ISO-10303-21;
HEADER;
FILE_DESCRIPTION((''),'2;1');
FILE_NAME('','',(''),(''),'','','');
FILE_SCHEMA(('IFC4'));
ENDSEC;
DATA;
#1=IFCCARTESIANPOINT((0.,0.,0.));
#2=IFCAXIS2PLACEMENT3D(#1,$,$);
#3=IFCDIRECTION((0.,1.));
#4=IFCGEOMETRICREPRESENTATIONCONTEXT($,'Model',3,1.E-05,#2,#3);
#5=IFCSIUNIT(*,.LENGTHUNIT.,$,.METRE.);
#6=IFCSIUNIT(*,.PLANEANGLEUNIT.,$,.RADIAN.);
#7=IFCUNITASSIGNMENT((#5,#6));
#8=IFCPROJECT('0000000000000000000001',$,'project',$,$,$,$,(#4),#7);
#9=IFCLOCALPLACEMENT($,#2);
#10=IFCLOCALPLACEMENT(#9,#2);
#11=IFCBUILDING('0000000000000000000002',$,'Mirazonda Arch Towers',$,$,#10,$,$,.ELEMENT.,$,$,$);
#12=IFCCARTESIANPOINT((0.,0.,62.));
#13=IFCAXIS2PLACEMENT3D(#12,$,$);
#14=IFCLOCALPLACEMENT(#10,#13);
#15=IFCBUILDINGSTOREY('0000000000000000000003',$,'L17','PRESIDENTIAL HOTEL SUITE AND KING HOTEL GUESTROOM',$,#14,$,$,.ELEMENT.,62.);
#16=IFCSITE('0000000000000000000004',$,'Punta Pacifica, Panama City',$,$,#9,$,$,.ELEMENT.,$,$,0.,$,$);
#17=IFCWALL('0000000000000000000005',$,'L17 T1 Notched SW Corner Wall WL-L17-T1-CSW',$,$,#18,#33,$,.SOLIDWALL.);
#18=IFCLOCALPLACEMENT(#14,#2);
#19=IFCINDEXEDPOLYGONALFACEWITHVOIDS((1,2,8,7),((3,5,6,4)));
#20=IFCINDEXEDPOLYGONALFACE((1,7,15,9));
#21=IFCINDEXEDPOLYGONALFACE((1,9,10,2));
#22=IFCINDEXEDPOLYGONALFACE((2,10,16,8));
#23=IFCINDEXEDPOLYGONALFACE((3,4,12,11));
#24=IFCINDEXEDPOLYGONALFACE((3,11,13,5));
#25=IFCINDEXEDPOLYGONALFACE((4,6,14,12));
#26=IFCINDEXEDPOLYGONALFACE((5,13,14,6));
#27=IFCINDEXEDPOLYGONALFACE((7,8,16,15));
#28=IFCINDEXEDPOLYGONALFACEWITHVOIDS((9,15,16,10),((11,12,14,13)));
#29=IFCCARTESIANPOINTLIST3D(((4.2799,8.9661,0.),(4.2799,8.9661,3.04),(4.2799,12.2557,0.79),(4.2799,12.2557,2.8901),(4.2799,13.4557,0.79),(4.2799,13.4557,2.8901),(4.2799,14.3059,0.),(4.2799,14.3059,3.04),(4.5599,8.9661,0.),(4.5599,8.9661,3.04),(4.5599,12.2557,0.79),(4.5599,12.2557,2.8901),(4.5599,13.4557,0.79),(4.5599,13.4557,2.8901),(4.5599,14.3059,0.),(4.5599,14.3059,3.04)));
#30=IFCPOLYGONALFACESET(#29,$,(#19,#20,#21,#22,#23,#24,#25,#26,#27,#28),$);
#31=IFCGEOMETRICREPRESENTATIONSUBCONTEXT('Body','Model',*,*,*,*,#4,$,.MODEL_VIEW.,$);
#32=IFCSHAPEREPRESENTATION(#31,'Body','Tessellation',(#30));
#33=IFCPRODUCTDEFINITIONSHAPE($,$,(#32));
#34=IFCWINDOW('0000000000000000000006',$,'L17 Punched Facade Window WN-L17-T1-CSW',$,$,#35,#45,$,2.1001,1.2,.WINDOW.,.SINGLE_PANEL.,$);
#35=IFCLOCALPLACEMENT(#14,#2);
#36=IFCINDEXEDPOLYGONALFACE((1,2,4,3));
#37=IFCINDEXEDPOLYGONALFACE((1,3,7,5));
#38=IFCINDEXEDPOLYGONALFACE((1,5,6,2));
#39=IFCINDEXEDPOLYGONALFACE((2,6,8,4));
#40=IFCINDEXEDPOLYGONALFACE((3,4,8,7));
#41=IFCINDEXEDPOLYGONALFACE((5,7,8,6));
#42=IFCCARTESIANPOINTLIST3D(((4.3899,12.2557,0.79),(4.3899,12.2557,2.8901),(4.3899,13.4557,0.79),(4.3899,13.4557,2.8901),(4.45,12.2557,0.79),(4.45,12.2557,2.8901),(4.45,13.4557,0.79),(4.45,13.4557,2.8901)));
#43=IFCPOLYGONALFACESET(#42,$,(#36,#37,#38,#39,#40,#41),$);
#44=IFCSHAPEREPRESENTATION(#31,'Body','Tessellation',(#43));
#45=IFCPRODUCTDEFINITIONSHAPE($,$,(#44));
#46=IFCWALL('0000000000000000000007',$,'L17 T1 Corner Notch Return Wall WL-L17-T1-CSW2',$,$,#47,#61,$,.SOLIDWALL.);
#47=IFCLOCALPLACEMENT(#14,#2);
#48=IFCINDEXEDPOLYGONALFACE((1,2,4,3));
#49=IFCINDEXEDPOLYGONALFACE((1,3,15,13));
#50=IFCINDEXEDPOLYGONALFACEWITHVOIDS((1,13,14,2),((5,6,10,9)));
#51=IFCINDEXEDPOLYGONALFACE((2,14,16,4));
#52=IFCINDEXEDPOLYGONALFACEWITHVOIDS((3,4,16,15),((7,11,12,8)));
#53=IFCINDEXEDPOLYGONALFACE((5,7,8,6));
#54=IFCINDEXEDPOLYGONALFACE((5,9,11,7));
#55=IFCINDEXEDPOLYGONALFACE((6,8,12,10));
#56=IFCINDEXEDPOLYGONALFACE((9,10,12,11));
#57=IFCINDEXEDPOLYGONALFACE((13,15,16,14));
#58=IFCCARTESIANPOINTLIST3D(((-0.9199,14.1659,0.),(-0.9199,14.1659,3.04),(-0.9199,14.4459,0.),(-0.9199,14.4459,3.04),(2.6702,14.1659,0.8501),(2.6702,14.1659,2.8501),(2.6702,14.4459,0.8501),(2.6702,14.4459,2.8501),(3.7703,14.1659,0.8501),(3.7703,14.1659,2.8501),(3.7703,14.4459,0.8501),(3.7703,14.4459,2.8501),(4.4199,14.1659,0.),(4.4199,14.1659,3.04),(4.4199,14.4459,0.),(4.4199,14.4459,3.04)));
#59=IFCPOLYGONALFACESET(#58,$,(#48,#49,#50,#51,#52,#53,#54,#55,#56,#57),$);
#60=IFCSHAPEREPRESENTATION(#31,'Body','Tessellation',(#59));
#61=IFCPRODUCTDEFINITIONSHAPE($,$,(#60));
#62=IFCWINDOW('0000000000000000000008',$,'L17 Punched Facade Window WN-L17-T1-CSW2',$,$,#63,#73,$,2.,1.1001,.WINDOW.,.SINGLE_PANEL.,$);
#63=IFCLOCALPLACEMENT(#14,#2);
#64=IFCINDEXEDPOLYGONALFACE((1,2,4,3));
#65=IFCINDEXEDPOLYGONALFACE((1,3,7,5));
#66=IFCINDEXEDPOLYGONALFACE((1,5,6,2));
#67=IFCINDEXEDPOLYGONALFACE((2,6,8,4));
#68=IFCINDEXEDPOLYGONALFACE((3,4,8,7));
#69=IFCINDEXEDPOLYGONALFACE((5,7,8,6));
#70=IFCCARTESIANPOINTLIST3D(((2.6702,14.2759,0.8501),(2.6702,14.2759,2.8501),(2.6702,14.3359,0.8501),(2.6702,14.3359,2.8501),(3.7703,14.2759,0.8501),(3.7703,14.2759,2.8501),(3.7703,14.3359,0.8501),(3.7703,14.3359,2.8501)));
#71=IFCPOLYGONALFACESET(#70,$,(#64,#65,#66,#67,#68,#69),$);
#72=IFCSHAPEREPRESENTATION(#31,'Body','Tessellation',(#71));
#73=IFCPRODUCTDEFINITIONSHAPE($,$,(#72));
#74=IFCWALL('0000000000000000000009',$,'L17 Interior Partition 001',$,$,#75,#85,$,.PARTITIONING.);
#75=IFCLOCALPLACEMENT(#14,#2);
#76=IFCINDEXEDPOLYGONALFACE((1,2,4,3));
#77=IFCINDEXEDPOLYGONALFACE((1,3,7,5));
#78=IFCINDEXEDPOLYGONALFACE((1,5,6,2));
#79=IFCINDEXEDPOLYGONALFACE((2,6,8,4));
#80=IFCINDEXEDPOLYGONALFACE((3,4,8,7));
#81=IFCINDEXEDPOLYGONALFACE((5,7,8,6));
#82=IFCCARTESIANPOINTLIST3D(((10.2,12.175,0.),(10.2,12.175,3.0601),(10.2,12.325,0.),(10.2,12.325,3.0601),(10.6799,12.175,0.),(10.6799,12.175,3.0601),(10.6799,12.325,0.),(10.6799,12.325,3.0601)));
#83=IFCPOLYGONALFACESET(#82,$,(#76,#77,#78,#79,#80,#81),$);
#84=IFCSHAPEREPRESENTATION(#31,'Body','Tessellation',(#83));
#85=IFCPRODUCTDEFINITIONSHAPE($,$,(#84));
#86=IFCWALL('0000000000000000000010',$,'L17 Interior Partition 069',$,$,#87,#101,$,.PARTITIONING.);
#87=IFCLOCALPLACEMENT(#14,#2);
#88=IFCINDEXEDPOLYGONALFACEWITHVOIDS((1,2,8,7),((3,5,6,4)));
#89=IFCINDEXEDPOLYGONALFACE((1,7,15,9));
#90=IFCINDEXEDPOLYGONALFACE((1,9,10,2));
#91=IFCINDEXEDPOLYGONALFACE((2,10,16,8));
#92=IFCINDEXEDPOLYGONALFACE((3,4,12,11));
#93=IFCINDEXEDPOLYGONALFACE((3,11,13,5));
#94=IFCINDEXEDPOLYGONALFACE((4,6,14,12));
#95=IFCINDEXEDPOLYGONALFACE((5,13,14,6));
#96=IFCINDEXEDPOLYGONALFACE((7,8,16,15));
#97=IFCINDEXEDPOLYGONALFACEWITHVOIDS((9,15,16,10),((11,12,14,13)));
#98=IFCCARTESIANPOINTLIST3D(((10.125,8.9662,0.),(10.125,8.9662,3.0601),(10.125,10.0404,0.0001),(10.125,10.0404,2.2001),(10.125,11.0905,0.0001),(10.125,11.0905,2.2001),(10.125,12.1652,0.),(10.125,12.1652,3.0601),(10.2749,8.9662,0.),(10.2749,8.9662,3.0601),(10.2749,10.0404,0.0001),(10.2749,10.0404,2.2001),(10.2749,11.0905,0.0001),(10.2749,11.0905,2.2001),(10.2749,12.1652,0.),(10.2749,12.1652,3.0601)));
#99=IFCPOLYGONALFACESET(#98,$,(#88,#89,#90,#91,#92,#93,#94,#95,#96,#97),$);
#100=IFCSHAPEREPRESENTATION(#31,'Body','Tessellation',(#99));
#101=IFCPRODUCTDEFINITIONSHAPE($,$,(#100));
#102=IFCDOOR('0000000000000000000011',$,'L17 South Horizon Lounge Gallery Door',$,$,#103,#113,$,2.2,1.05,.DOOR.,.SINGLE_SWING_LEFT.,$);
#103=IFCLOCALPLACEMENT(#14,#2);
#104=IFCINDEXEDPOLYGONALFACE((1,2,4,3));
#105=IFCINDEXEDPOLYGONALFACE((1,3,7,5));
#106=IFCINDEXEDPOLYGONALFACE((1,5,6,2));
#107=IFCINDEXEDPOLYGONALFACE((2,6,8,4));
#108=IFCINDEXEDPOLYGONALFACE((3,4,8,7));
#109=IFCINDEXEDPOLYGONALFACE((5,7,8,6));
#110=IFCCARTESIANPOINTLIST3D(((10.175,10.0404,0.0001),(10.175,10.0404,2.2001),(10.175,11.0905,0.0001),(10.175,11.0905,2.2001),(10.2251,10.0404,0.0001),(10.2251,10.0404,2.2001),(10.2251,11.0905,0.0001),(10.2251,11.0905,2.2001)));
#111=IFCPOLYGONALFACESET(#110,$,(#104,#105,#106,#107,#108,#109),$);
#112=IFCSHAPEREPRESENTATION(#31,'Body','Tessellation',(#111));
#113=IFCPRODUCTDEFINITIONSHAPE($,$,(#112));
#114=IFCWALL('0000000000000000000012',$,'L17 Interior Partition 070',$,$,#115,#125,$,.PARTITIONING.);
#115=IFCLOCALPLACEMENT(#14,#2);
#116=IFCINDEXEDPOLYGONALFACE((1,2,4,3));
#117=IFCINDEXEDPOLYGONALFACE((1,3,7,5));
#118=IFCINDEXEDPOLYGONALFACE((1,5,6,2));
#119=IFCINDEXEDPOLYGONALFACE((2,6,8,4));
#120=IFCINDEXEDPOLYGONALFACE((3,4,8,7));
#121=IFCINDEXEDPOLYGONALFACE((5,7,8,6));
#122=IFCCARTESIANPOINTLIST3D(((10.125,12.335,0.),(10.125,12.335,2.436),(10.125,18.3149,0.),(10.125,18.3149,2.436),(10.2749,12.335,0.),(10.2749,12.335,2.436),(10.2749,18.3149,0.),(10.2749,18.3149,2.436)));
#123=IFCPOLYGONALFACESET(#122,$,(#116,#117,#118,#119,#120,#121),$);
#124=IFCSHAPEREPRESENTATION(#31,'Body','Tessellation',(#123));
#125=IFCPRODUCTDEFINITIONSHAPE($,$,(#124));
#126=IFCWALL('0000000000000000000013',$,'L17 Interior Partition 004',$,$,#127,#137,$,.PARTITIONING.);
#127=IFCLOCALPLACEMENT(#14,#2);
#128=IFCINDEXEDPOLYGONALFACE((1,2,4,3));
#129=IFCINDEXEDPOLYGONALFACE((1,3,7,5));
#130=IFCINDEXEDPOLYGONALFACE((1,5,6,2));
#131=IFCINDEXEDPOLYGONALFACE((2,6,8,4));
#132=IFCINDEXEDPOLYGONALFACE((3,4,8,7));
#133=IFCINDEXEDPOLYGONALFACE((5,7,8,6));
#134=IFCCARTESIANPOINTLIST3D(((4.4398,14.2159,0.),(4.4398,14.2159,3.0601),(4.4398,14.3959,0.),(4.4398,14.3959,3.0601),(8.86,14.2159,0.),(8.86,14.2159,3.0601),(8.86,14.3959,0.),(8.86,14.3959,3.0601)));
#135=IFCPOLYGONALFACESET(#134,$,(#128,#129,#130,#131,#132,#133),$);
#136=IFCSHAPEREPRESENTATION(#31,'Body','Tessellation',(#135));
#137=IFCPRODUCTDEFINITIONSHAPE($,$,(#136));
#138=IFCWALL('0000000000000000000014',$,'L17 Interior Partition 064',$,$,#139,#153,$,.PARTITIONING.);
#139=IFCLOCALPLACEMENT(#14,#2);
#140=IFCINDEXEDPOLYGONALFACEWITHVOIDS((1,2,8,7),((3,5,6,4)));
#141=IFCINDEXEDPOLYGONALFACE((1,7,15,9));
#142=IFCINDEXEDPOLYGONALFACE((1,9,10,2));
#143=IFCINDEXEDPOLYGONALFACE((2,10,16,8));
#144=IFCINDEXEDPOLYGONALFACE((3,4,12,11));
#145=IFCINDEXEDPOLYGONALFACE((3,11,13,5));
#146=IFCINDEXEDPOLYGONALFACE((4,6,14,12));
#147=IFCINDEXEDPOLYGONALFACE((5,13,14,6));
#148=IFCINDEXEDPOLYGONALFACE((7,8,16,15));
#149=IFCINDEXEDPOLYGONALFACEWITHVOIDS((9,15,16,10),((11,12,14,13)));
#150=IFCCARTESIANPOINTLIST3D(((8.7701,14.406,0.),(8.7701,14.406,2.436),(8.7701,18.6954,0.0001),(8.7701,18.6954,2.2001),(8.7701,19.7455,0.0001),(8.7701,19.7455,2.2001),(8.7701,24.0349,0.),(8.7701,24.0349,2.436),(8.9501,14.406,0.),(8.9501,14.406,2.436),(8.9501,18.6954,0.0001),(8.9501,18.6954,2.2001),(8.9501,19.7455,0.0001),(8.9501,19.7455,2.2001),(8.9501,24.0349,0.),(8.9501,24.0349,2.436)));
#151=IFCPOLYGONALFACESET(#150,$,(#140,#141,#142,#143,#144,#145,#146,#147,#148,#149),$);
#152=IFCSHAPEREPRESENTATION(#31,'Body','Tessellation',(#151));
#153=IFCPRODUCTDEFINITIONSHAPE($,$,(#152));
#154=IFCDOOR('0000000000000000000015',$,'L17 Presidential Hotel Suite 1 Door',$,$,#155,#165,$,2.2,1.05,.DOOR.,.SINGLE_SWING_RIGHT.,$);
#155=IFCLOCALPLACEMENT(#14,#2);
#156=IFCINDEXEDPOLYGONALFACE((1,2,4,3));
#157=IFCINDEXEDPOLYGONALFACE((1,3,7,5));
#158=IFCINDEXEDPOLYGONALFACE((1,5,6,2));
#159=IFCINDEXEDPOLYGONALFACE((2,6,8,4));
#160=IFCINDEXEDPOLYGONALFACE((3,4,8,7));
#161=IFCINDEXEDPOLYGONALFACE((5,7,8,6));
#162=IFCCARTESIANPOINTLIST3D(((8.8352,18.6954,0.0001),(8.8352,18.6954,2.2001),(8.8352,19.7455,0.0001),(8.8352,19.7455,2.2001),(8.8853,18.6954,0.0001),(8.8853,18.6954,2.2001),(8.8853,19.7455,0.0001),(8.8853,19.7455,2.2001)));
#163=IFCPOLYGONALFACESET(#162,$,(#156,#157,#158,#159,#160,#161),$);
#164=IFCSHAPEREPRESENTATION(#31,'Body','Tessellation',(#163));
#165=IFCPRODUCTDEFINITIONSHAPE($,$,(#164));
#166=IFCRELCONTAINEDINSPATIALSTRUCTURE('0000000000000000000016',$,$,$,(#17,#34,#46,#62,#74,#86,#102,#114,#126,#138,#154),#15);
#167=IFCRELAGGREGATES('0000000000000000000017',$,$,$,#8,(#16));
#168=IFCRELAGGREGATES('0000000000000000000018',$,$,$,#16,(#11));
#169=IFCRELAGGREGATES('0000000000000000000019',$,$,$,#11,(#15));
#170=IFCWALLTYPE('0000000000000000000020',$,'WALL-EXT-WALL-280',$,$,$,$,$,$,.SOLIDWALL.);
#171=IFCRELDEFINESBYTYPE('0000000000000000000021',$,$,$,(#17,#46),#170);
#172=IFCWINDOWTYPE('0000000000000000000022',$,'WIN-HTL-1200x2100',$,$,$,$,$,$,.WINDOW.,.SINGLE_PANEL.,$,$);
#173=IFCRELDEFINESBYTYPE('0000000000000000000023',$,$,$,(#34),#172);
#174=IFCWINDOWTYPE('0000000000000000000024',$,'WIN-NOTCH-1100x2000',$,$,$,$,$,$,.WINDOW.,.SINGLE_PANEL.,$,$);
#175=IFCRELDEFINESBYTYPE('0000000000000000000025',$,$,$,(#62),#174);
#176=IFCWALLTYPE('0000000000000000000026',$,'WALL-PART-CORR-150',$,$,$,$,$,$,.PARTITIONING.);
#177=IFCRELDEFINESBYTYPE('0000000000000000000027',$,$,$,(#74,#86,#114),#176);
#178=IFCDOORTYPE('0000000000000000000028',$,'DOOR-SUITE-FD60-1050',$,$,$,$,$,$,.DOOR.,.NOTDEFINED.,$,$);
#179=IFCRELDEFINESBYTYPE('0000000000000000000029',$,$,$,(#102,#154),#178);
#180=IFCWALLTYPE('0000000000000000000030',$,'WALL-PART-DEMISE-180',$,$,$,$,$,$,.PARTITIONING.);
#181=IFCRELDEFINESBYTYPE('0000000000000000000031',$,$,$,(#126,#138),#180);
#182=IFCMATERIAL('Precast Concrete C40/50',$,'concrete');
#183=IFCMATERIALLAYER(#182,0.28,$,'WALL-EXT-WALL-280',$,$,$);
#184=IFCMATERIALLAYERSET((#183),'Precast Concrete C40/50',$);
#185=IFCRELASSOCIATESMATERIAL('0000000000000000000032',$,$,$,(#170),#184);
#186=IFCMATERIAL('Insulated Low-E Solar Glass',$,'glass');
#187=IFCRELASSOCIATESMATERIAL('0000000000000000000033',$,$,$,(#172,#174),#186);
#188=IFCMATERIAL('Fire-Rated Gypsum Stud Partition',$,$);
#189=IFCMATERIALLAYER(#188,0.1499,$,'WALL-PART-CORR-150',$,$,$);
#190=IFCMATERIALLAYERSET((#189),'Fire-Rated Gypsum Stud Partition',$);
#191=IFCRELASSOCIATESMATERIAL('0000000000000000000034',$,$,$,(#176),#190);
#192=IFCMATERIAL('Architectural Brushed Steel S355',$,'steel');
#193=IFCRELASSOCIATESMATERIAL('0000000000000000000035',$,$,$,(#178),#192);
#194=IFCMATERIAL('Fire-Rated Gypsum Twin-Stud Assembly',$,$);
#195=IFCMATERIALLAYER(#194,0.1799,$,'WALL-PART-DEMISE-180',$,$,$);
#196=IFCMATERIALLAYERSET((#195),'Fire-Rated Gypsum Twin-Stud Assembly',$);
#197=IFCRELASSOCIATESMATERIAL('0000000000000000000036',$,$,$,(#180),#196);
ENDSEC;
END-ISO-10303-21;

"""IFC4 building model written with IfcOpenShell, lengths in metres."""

from ifc_helpers import new_model, si_unit, direction, frame, frame_2d, origin, place, context, subcontext, project, spatial, rectangle, extrude, material, layer, layer_set, type_object, element, fill, save


model = new_model("IFC4")

# Units and contexts
model_context = context("Model", 3, precision=1e-05, world=origin(), true_north=direction((0.0, 1.0)))
body_context = subcontext(model_context, "Body", "Model", "MODEL_VIEW")
ifc_project = project(units=[si_unit("LENGTHUNIT", "METRE"), si_unit("PLANEANGLEUNIT", "RADIAN")], contexts=[model_context])

# Site, building, storey
site_placement = place(None, origin())
site = spatial("IfcSite", under=ifc_project, at=site_placement, Name="Punta Pacifica, Panama City", CompositionType="ELEMENT", RefElevation=0.0)
building_placement = place(site_placement, origin())
building = spatial("IfcBuilding", under=site, at=building_placement, Name="Mirazonda Arch Towers", CompositionType="ELEMENT")
storey_placement = place(building_placement, frame((0.0, 0.0, 62.0)))
storey = spatial("IfcBuildingStorey", under=building, at=storey_placement, Name="L17", Description="PRESIDENTIAL HOTEL SUITE AND KING HOTEL GUESTROOM", CompositionType="ELEMENT", Elevation=62.0)

# Shared definitions
ifc_material_1 = material(Name="Insulated Low-E Solar Glass", Category="glass")

# Walls, openings, windows
ifc_material_2 = material(Name="Precast Concrete C40/50", Category="concrete")
ifc_layer_1 = layer(ifc_material_2, 0.28, Name="WALL-EXT-WALL-280")
ifc_layer_set_1 = layer_set([ifc_layer_1], Name="Precast Concrete C40/50")
wall_type_1 = type_object("IfcWallType", Name="WALL-EXT-WALL-280", PredefinedType="SOLIDWALL", material=ifc_layer_set_1)
wall_1_placement = place(storey_placement, frame((4.4199, 14.3059, 0.0), z_axis=(0.0, 0.0, 1.0), x_axis=(0.0, -1.0, 0.0)))
wall_1 = element("IfcWall", 1, at=wall_1_placement, inside=storey, type_object=wall_type_1, Name="L17 T1 Notched SW Corner Wall WL-L17-T1-CSW", PredefinedType="SOLIDWALL", context=body_context, shape_type="SweptSolid", body=[
    extrude(rectangle(XDim=5.3398, YDim=0.28, at=frame_2d((2.6699, 0.0))), origin(), (0.0, 0.0, 1.0), 3.04),
])
opening_1_placement = place(wall_1_placement, frame((0.8501, 0.0, 0.79)))
opening_1 = element("IfcOpeningElement", 2, at=opening_1_placement, cuts=wall_1, PredefinedType="OPENING", context=body_context, shape_type="SweptSolid", body=[
    extrude(rectangle(XDim=1.2, YDim=2.1001, at=frame_2d((0.6001, 1.05))), frame((0.0, 0.1499, 0.0), z_axis=(0.0, -1.0, 0.0), x_axis=(1.0, 0.0, 0.0)), (0.0, 0.0, 1.0), 0.3),
])
window_type_1 = type_object("IfcWindowType", Name="WIN-HTL-1200x2100", PartitioningType="SINGLE_PANEL", PredefinedType="WINDOW", material=ifc_material_1)
window_1_placement = place(opening_1_placement, origin())
window_1 = element("IfcWindow", 3, at=window_1_placement, inside=storey, type_object=window_type_1, Name="L17 Punched Facade Window WN-L17-T1-CSW", OverallHeight=2.1001, OverallWidth=1.2, PartitioningType="SINGLE_PANEL", PredefinedType="WINDOW", context=body_context, shape_type="SweptSolid", body=[
    extrude(rectangle(XDim=1.2, YDim=2.1001, at=frame_2d((0.6001, 1.05))), frame((0.0, 0.03, 0.0), z_axis=(0.0, -1.0, 0.0), x_axis=(1.0, 0.0, 0.0)), (0.0, 0.0, 1.0), 0.0601),
])
fill(opening_1, window_1)
wall_2_placement = place(storey_placement, frame((-0.9199, 14.3059, 0.0), z_axis=(0.0, 0.0, 1.0), x_axis=(1.0, 0.0, 0.0)))
wall_2 = element("IfcWall", 4, at=wall_2_placement, inside=storey, type_object=wall_type_1, Name="L17 T1 Corner Notch Return Wall WL-L17-T1-CSW2", PredefinedType="SOLIDWALL", context=body_context, shape_type="SweptSolid", body=[
    extrude(rectangle(XDim=5.3398, YDim=0.28, at=frame_2d((2.6699, 0.0))), origin(), (0.0, 0.0, 1.0), 3.04),
])
opening_2_placement = place(wall_2_placement, frame((3.5901, 0.0, 0.8501)))
opening_2 = element("IfcOpeningElement", 5, at=opening_2_placement, cuts=wall_2, PredefinedType="OPENING", context=body_context, shape_type="SweptSolid", body=[
    extrude(rectangle(XDim=1.1001, YDim=2.0, at=frame_2d((0.55, 1.0))), frame((0.0, 0.1499, 0.0), z_axis=(0.0, -1.0, 0.0), x_axis=(1.0, 0.0, 0.0)), (0.0, 0.0, 1.0), 0.3),
])
window_type_2 = type_object("IfcWindowType", Name="WIN-NOTCH-1100x2000", PartitioningType="SINGLE_PANEL", PredefinedType="WINDOW", material=ifc_material_1)
window_2_placement = place(opening_2_placement, origin())
window_2 = element("IfcWindow", 6, at=window_2_placement, inside=storey, type_object=window_type_2, Name="L17 Punched Facade Window WN-L17-T1-CSW2", OverallHeight=2.0, OverallWidth=1.1001, PartitioningType="SINGLE_PANEL", PredefinedType="WINDOW", context=body_context, shape_type="SweptSolid", body=[
    extrude(rectangle(XDim=1.1001, YDim=2.0, at=frame_2d((0.55, 1.0))), frame((0.0, 0.03, 0.0), z_axis=(0.0, -1.0, 0.0), x_axis=(1.0, 0.0, 0.0)), (0.0, 0.0, 1.0), 0.0601),
])
fill(opening_2, window_2)

# Wall
ifc_material_3 = material(Name="Fire-Rated Gypsum Stud Partition")
ifc_layer_2 = layer(ifc_material_3, 0.1499, Name="WALL-PART-CORR-150")
ifc_layer_set_2 = layer_set([ifc_layer_2], Name="Fire-Rated Gypsum Stud Partition")
wall_type_2 = type_object("IfcWallType", Name="WALL-PART-CORR-150", PredefinedType="PARTITIONING", material=ifc_layer_set_2)
wall_3_placement = place(storey_placement, frame((10.2, 12.25, 0.0), z_axis=(0.0, 0.0, 1.0), x_axis=(1.0, 0.0, 0.0)))
element("IfcWall", 7, at=wall_3_placement, inside=storey, type_object=wall_type_2, Name="L17 Interior Partition 001", PredefinedType="PARTITIONING", context=body_context, shape_type="SweptSolid", body=[
    extrude(rectangle(XDim=0.48, YDim=0.1499, at=frame_2d((0.24, 0.0))), origin(), (0.0, 0.0, 1.0), 3.0601),
])

# Wall, opening, door
wall_4_placement = place(storey_placement, frame((10.2, 8.9661, 0.0), z_axis=(0.0, 0.0, 1.0), x_axis=(0.0, 1.0, 0.0)))
wall_4 = element("IfcWall", 8, at=wall_4_placement, inside=storey, type_object=wall_type_2, Name="L17 Interior Partition 069", PredefinedType="PARTITIONING", context=body_context, shape_type="SweptSolid", body=[
    extrude(rectangle(XDim=3.199, YDim=0.1499, at=frame_2d((1.5996, 0.0))), origin(), (0.0, 0.0, 1.0), 3.0601),
])
opening_3_placement = place(wall_4_placement, frame((1.0745, 0.0, 0.0)))
opening_3 = element("IfcOpeningElement", 9, at=opening_3_placement, cuts=wall_4, PredefinedType="OPENING", context=body_context, shape_type="SweptSolid", body=[
    extrude(rectangle(XDim=1.05, YDim=2.2, at=frame_2d((0.5249, 1.1001))), frame((0.0, 0.085, 0.0), z_axis=(0.0, -1.0, 0.0), x_axis=(1.0, 0.0, 0.0)), (0.0, 0.0, 1.0), 0.1699),
])
ifc_material_4 = material(Name="Architectural Brushed Steel S355", Category="steel")
door_type_1 = type_object("IfcDoorType", Name="DOOR-SUITE-FD60-1050", OperationType="NOTDEFINED", PredefinedType="DOOR", material=ifc_material_4)
door_1_placement = place(opening_3_placement, origin())
door_1 = element("IfcDoor", 10, at=door_1_placement, inside=storey, type_object=door_type_1, Name="L17 South Horizon Lounge Gallery Door", OperationType="SINGLE_SWING_LEFT", OverallHeight=2.2, OverallWidth=1.05, PredefinedType="DOOR", context=body_context, shape_type="SweptSolid", body=[
    extrude(rectangle(XDim=1.05, YDim=2.2, at=frame_2d((0.5249, 1.1001))), frame((0.0, 0.0249, 0.0), z_axis=(0.0, -1.0, 0.0), x_axis=(1.0, 0.0, 0.0)), (0.0, 0.0, 1.0), 0.05),
])
fill(opening_3, door_1)

# Walls
wall_5_placement = place(storey_placement, frame((10.2, 12.335, 0.0), z_axis=(0.0, 0.0, 1.0), x_axis=(0.0, 1.0, 0.0)))
element("IfcWall", 11, at=wall_5_placement, inside=storey, type_object=wall_type_2, Name="L17 Interior Partition 070", PredefinedType="PARTITIONING", context=body_context, shape_type="SweptSolid", body=[
    extrude(rectangle(XDim=5.98, YDim=0.1499, at=frame_2d((2.99, 0.0))), origin(), (0.0, 0.0, 1.0), 2.436),
])
ifc_material_5 = material(Name="Fire-Rated Gypsum Twin-Stud Assembly")
ifc_layer_3 = layer(ifc_material_5, 0.1799, Name="WALL-PART-DEMISE-180")
ifc_layer_set_3 = layer_set([ifc_layer_3], Name="Fire-Rated Gypsum Twin-Stud Assembly")
wall_type_3 = type_object("IfcWallType", Name="WALL-PART-DEMISE-180", PredefinedType="PARTITIONING", material=ifc_layer_set_3)
wall_6_placement = place(storey_placement, frame((4.4399, 14.3059, 0.0), z_axis=(0.0, 0.0, 1.0), x_axis=(1.0, 0.0, 0.0)))
element("IfcWall", 12, at=wall_6_placement, inside=storey, type_object=wall_type_3, Name="L17 Interior Partition 004", PredefinedType="PARTITIONING", context=body_context, shape_type="SweptSolid", body=[
    extrude(rectangle(XDim=4.4202, YDim=0.1799, at=frame_2d((2.21, 0.0))), origin(), (0.0, 0.0, 1.0), 3.0601),
])

# Wall, opening, door
wall_7_placement = place(storey_placement, frame((8.8601, 14.406, 0.0), z_axis=(0.0, 0.0, 1.0), x_axis=(0.0, 1.0, 0.0)))
wall_7 = element("IfcWall", 13, at=wall_7_placement, inside=storey, type_object=wall_type_3, Name="L17 Interior Partition 064", PredefinedType="PARTITIONING", context=body_context, shape_type="SweptSolid", body=[
    extrude(rectangle(XDim=9.6289, YDim=0.1799, at=frame_2d((4.8145, 0.0))), origin(), (0.0, 0.0, 1.0), 2.436),
])
opening_4_placement = place(wall_7_placement, frame((4.2896, 0.0, 0.0)))
opening_4 = element("IfcOpeningElement", 14, at=opening_4_placement, cuts=wall_7, PredefinedType="OPENING", context=body_context, shape_type="SweptSolid", body=[
    extrude(rectangle(XDim=1.05, YDim=2.2, at=frame_2d((0.5249, 1.1001))), frame((0.0, 0.0999, 0.0), z_axis=(0.0, -1.0, 0.0), x_axis=(1.0, 0.0, 0.0)), (0.0, 0.0, 1.0), 0.2),
])
door_2_placement = place(opening_4_placement, origin())
door_2 = element("IfcDoor", 15, at=door_2_placement, inside=storey, type_object=door_type_1, Name="L17 Presidential Hotel Suite 1 Door", OperationType="SINGLE_SWING_RIGHT", OverallHeight=2.2, OverallWidth=1.05, PredefinedType="DOOR", context=body_context, shape_type="SweptSolid", body=[
    extrude(rectangle(XDim=1.05, YDim=2.2, at=frame_2d((0.5249, 1.1001))), frame((0.0, 0.0249, 0.0), z_axis=(0.0, -1.0, 0.0), x_axis=(1.0, 0.0, 0.0)), (0.0, 0.0, 1.0), 0.05),
])
fill(opening_4, door_2)

save(model, "model.ifc")
